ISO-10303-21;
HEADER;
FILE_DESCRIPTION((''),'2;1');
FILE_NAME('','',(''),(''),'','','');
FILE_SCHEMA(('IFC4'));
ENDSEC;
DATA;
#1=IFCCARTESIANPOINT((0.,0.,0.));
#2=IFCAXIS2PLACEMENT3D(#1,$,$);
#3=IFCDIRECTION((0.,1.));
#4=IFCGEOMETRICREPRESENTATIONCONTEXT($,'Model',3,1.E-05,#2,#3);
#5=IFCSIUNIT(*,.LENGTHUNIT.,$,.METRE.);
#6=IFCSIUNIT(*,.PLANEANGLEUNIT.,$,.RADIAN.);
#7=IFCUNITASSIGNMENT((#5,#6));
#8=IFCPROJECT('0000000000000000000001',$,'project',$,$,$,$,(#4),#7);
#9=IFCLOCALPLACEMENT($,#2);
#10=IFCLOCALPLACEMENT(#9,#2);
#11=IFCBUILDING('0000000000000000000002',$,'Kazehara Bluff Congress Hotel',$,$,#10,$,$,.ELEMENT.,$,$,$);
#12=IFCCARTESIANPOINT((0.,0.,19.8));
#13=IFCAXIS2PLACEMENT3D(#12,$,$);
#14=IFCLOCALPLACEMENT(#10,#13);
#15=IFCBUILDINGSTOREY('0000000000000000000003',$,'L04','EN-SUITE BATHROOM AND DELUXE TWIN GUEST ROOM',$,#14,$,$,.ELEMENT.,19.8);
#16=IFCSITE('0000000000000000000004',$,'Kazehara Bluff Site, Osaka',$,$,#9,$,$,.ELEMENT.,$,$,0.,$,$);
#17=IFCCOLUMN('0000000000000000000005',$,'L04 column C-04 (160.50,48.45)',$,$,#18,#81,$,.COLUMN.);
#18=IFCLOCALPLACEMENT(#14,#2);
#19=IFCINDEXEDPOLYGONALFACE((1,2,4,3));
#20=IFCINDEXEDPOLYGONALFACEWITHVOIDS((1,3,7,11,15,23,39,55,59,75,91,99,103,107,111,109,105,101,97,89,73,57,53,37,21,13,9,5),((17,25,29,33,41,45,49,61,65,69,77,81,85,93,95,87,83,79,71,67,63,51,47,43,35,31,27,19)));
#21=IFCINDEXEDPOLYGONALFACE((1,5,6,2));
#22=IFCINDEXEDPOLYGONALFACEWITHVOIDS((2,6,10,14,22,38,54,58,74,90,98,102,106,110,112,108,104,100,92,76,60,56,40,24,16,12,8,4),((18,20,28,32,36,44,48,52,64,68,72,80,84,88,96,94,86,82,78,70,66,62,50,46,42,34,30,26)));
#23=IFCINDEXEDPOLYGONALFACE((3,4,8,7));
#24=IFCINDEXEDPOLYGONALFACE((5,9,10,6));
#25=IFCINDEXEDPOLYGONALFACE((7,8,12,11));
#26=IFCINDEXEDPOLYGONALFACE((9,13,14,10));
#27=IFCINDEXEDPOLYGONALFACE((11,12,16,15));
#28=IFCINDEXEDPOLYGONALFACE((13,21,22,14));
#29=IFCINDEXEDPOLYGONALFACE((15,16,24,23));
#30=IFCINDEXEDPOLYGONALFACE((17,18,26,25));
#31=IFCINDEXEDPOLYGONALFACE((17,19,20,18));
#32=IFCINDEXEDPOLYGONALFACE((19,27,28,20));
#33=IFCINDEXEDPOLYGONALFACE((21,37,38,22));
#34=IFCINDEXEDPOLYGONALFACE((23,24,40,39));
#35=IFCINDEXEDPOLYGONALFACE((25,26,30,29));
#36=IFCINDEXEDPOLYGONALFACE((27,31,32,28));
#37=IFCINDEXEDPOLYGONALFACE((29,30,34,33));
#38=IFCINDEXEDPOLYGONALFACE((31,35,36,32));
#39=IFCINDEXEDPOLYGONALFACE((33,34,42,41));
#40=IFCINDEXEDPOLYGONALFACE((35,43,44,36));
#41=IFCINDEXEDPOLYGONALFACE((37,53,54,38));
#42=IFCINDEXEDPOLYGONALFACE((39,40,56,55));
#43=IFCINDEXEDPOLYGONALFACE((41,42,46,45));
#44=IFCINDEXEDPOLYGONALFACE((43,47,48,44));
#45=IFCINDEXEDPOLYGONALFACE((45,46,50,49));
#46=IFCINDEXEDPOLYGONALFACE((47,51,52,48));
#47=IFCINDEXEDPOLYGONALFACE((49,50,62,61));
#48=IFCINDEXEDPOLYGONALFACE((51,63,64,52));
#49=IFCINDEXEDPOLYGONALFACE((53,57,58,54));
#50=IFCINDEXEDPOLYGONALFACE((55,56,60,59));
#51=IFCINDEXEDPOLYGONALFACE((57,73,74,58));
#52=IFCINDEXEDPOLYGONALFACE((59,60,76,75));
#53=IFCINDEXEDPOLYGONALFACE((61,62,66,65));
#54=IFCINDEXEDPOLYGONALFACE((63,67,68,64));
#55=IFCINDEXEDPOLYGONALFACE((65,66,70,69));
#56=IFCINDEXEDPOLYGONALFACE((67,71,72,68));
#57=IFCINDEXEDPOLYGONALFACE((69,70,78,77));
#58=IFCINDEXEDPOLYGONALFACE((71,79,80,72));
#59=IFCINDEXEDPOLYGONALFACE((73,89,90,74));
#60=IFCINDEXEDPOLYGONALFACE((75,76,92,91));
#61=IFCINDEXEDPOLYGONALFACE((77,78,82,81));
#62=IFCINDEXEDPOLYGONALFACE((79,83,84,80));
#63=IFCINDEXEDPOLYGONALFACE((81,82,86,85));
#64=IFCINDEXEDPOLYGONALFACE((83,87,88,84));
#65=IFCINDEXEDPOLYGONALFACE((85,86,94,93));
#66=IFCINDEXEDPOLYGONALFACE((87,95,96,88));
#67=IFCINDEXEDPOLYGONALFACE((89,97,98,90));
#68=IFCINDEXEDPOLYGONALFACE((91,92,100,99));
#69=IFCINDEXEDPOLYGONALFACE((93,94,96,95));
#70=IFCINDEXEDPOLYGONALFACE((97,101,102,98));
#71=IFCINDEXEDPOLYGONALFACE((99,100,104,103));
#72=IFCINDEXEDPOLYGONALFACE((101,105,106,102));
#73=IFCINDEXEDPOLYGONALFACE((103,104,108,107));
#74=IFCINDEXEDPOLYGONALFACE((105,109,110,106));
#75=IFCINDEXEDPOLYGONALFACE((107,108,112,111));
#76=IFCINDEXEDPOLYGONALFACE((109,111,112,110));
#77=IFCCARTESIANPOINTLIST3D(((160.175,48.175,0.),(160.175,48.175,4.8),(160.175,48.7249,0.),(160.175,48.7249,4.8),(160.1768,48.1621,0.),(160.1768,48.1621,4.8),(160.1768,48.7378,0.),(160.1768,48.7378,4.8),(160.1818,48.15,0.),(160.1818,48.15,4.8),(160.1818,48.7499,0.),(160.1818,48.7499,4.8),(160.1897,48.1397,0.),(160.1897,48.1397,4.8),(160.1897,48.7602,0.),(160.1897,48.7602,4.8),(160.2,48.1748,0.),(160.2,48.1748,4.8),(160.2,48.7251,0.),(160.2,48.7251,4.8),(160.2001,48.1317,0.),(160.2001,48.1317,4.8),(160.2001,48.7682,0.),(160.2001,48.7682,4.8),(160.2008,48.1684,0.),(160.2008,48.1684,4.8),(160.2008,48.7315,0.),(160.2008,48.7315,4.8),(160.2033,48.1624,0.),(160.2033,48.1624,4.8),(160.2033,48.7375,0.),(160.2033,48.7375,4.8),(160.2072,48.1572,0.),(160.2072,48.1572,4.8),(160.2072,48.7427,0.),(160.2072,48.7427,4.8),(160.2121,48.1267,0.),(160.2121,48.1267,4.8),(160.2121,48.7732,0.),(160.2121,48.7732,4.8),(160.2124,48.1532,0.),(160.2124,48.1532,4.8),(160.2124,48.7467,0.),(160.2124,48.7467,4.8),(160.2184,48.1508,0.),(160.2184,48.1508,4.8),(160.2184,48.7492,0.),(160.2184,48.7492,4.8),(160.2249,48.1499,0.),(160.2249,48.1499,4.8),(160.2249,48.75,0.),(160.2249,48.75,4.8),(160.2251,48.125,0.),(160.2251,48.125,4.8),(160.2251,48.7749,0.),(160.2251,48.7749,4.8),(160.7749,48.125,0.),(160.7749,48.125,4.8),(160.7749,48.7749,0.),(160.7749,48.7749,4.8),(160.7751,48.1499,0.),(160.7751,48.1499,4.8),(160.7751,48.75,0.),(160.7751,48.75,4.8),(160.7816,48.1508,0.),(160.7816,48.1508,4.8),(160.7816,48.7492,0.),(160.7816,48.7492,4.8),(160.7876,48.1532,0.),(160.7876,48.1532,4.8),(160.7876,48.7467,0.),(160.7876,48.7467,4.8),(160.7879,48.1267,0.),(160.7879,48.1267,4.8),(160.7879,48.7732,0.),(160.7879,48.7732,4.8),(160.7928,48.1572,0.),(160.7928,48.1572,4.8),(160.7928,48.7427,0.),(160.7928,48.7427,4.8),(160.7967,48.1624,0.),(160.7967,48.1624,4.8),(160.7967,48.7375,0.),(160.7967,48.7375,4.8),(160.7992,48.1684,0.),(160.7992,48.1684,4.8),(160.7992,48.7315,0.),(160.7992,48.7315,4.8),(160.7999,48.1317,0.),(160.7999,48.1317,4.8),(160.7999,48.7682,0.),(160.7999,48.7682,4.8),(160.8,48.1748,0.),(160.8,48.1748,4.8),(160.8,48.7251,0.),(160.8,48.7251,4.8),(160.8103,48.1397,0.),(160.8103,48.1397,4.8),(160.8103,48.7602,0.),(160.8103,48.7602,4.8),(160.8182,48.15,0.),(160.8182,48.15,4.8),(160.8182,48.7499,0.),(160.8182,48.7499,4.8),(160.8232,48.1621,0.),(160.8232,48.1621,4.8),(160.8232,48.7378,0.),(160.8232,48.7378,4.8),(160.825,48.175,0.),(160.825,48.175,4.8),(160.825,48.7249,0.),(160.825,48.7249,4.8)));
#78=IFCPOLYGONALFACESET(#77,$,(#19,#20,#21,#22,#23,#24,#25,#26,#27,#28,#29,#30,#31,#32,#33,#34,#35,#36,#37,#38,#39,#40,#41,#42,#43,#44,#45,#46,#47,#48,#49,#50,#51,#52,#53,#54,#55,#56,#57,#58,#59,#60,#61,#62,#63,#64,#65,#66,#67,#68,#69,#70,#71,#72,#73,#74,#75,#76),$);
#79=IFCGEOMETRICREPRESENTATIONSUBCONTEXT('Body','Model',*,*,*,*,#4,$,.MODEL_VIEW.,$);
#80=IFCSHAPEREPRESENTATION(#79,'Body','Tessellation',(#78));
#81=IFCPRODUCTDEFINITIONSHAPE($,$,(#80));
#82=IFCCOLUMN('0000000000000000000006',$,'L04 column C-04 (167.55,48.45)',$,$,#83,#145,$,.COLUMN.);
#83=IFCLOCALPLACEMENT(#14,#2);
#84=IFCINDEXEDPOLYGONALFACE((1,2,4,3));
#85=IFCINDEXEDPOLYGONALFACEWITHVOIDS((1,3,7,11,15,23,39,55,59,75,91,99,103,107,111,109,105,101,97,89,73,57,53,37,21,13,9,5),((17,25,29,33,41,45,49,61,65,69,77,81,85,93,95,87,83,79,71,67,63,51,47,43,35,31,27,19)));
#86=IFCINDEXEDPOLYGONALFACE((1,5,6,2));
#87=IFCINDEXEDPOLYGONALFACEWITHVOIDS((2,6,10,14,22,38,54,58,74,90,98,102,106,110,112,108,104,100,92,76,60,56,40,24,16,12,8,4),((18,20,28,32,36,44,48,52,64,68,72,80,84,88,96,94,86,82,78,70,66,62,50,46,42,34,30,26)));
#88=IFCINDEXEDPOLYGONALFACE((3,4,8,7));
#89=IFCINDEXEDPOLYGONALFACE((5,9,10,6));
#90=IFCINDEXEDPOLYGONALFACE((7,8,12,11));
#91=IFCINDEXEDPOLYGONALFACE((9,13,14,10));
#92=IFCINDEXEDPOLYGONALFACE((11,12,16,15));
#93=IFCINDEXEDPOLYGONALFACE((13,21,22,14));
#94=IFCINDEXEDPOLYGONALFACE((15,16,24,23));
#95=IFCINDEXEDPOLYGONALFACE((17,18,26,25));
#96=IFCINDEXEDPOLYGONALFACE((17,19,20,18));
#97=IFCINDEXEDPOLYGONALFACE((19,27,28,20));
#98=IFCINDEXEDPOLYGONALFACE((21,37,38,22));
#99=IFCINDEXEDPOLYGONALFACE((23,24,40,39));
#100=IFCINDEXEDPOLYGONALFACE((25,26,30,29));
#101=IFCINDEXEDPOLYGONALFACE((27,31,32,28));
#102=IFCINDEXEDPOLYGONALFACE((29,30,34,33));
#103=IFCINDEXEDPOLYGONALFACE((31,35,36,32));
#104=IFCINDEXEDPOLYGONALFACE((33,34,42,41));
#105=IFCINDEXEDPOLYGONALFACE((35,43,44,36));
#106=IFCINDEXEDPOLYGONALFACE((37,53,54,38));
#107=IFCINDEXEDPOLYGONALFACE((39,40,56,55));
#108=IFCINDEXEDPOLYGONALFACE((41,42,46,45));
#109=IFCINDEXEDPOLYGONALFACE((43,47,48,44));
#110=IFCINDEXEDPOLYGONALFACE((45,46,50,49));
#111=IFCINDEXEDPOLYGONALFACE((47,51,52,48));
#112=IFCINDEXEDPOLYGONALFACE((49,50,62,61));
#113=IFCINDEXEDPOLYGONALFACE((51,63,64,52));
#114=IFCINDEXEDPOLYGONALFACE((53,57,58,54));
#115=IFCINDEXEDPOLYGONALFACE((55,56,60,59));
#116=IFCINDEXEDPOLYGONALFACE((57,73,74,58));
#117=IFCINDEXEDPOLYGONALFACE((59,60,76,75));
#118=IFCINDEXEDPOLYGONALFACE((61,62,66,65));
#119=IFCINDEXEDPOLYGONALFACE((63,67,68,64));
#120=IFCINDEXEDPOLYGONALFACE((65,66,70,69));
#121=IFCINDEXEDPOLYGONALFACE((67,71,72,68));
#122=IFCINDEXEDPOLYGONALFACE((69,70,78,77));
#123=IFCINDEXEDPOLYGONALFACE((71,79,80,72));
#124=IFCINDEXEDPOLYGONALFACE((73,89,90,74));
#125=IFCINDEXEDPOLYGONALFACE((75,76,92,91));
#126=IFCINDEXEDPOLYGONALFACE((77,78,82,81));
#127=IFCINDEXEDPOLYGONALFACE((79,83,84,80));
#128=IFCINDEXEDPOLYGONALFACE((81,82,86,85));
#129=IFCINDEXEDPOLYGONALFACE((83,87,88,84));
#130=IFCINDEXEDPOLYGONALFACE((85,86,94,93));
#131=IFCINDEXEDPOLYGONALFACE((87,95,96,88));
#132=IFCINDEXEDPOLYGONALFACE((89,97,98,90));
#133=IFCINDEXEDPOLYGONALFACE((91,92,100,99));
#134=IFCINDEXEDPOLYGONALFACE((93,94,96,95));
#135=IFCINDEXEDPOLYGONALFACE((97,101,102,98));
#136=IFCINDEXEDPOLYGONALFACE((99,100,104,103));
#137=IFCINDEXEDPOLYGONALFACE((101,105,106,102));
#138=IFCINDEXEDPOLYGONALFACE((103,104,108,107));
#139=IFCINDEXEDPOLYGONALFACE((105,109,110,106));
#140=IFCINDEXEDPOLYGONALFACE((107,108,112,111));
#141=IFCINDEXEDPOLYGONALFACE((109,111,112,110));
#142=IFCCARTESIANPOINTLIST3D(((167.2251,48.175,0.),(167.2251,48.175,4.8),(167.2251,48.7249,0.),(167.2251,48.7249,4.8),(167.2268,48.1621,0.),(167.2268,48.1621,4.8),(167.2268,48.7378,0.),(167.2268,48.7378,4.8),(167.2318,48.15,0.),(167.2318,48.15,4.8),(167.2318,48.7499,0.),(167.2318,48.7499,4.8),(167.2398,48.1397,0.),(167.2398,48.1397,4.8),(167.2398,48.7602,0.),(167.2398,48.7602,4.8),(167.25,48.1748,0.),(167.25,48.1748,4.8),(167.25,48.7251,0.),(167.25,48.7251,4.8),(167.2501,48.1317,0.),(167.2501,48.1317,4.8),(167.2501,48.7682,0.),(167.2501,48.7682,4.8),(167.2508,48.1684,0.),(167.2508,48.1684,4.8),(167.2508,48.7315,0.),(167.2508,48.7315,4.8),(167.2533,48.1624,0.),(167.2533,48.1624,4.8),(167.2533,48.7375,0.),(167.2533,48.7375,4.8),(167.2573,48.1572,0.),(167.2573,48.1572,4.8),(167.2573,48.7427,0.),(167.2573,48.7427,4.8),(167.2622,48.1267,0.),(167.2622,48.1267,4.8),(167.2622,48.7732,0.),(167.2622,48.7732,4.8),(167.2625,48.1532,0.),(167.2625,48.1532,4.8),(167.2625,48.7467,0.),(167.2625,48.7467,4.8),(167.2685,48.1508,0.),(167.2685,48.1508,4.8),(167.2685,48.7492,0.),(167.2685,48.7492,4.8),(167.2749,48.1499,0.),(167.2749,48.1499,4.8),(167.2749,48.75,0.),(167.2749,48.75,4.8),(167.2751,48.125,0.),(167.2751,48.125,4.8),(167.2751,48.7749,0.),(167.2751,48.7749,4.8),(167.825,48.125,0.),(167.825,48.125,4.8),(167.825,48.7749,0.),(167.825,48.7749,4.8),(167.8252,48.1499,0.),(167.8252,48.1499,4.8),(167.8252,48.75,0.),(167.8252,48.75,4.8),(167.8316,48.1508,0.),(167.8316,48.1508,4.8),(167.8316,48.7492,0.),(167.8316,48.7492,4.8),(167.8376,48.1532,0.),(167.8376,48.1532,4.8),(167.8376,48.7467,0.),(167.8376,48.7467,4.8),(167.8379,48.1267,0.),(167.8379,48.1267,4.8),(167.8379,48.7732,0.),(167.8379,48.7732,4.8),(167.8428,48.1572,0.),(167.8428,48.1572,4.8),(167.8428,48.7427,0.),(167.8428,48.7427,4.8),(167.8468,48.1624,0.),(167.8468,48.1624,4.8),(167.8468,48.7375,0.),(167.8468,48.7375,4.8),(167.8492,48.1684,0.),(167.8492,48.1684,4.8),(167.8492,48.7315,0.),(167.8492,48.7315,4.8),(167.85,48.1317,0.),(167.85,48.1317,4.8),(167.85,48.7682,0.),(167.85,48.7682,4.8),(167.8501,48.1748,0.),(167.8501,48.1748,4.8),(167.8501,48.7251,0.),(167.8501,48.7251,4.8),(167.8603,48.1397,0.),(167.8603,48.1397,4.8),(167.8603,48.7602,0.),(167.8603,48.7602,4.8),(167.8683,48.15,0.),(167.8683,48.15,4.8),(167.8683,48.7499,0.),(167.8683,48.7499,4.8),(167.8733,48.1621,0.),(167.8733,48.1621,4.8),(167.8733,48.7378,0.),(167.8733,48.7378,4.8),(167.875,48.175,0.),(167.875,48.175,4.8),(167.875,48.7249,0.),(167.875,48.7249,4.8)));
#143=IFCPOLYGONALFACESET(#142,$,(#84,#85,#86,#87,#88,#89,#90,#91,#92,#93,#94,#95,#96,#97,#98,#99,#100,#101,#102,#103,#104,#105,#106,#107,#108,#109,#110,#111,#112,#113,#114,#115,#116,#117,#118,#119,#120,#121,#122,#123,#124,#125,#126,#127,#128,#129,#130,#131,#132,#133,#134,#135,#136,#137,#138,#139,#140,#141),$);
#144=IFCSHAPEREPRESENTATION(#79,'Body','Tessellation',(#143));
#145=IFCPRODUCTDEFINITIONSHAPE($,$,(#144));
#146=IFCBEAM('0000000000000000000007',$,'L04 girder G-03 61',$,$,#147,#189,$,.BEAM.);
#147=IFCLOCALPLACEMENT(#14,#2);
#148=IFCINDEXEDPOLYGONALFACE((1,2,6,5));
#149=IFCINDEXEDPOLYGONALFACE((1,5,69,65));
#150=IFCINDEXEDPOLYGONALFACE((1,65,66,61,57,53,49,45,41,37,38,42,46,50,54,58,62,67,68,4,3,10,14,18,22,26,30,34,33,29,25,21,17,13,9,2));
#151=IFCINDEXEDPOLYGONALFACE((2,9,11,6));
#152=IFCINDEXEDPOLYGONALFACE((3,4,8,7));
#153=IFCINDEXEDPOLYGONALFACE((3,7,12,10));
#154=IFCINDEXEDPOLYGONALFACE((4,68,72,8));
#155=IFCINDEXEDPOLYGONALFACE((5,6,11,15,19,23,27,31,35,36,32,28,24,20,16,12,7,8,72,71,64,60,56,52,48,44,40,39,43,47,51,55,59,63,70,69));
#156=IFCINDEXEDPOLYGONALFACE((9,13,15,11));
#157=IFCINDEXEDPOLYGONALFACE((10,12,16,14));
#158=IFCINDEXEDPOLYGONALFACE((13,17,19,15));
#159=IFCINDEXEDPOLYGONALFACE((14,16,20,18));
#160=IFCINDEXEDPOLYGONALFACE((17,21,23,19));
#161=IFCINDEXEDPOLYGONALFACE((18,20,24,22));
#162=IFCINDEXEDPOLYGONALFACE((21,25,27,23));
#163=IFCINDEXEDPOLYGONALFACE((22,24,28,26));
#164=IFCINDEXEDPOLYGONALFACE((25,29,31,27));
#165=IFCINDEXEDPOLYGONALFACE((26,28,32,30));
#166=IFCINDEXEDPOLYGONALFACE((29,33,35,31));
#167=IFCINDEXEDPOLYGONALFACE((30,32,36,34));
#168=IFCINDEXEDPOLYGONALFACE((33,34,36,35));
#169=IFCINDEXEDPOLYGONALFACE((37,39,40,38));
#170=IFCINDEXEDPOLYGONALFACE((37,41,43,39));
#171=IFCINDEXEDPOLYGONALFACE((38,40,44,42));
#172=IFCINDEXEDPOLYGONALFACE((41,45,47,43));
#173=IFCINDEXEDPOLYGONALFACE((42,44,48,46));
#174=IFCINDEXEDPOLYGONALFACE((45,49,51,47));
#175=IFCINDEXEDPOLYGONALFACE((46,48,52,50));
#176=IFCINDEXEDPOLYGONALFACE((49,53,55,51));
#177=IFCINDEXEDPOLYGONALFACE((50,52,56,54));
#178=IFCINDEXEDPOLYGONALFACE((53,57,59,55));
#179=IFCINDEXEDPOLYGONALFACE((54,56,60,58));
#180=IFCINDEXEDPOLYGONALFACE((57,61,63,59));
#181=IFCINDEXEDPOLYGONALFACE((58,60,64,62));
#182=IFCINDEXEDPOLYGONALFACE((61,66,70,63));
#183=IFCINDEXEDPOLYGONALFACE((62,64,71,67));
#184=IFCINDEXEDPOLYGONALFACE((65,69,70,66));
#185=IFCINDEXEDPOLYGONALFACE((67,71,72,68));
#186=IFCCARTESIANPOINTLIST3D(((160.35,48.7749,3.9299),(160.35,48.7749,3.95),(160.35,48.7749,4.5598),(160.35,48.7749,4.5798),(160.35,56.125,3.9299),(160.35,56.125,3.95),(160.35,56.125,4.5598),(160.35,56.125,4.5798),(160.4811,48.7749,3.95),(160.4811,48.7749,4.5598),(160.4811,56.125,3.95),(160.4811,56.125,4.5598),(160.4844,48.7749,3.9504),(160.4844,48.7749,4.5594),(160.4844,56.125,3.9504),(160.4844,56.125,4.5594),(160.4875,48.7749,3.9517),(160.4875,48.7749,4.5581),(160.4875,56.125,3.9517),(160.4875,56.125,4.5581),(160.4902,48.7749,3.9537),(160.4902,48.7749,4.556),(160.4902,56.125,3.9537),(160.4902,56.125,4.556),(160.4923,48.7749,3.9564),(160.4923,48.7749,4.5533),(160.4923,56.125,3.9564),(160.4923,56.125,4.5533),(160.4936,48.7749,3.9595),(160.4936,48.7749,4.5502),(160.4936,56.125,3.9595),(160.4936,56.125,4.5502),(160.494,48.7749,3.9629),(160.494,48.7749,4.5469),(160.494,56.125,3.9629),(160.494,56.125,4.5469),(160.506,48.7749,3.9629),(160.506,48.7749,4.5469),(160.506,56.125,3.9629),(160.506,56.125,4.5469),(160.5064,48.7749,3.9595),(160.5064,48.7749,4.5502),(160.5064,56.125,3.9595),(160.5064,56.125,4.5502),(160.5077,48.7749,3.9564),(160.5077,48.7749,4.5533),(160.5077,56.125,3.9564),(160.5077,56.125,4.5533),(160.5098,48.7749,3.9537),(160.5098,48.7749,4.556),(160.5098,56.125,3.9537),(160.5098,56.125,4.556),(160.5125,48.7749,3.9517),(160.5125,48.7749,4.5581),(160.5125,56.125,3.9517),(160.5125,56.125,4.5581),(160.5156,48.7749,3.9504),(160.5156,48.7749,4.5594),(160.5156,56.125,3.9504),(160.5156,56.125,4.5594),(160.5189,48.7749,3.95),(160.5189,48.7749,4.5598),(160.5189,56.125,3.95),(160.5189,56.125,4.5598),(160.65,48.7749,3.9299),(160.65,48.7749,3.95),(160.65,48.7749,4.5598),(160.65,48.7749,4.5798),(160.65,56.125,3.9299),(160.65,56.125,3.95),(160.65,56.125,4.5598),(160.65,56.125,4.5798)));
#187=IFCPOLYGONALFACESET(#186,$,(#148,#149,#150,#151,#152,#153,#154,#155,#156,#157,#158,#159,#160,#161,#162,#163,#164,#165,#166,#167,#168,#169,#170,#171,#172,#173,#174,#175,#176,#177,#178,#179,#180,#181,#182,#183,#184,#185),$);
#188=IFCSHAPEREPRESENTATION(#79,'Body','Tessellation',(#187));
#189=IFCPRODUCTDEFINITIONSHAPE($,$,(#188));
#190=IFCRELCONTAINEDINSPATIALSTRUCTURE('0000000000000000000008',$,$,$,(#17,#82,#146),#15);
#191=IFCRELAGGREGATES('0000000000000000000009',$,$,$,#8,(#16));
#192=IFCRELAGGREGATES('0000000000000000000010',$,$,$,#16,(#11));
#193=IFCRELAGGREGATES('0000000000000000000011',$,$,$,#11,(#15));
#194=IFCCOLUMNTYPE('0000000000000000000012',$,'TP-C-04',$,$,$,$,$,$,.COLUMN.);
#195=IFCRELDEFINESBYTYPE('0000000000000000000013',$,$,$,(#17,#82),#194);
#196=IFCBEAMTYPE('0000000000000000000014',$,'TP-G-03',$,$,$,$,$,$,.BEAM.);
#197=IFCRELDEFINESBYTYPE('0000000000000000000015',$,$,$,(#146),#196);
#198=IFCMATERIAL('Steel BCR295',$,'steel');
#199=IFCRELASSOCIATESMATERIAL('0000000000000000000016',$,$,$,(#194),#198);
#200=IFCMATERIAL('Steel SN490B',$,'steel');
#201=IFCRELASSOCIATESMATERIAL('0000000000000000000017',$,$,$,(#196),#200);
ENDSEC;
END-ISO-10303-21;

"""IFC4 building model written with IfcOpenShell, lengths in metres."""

from ifc_helpers import new_model, si_unit, direction, frame, origin, origin_2d, place, context, subcontext, project, spatial, hollow_rectangle, i_section, extrude, material, material_profile, profile_set, type_object, element, save


model = new_model("IFC4")

# Units and contexts
model_context = context("Model", 3, precision=1e-05, world=origin(), true_north=direction((0.0, 1.0)))
body_context = subcontext(model_context, "Body", "Model", "MODEL_VIEW")
ifc_project = project(units=[si_unit("LENGTHUNIT", "METRE"), si_unit("PLANEANGLEUNIT", "RADIAN")], contexts=[model_context])

# Site, building, storey
site_placement = place(None, origin())
site = spatial("IfcSite", under=ifc_project, at=site_placement, Name="Kazehara Bluff Site, Osaka", CompositionType="ELEMENT", RefElevation=0.0)
building_placement = place(site_placement, origin())
building = spatial("IfcBuilding", under=site, at=building_placement, Name="Kazehara Bluff Congress Hotel", CompositionType="ELEMENT")
storey_placement = place(building_placement, frame((0.0, 0.0, 19.8)))
storey = spatial("IfcBuildingStorey", under=building, at=storey_placement, Name="L04", Description="EN-SUITE BATHROOM AND DELUXE TWIN GUEST ROOM", CompositionType="ELEMENT", Elevation=19.8)

# Columns
ifc_material_1 = material(Name="Steel BCR295", Category="steel")
ifc_material_profile_1 = material_profile(ifc_material_1, hollow_rectangle(XDim=0.6499, YDim=0.6499, WallThickness=0.0249, InnerFilletRadius=0.0249, OuterFilletRadius=0.05, at=origin_2d()))
ifc_profile_set_1 = profile_set([ifc_material_profile_1], Name="Steel BCR295")
column_type = type_object("IfcColumnType", Name="TP-C-04", PredefinedType="COLUMN", material=ifc_profile_set_1)
for number, where, z_axis, x_axis, name in (
    (1, (160.5, 48.45, 0.0), (0.0, 0.0, 1.0), (1.0, 0.0, 0.0), "L04 column C-04 (160.50,48.45)"),
    (2, (167.55, 48.45, 0.0), (0.0, 0.0, 1.0), (1.0, 0.0, 0.0), "L04 column C-04 (167.55,48.45)"),
):
    element("IfcColumn", number, at=place(storey_placement, frame(where, z_axis=z_axis, x_axis=x_axis)), inside=storey, type_object=column_type, Name=name, PredefinedType="COLUMN", context=body_context, shape_type="SweptSolid", body=[
        extrude(hollow_rectangle(XDim=0.6499, YDim=0.6499, WallThickness=0.0249, InnerFilletRadius=0.0249, OuterFilletRadius=0.05, at=origin_2d()), origin(), (0.0, 0.0, 1.0), 4.8),
    ])

# Beam
ifc_material_2 = material(Name="Steel SN490B", Category="steel")
ifc_material_profile_2 = material_profile(ifc_material_2, i_section(OverallWidth=0.3, OverallDepth=0.6499, WebThickness=0.012, FlangeThickness=0.02, FilletRadius=0.0129, at=origin_2d()))
ifc_profile_set_2 = profile_set([ifc_material_profile_2], Name="Steel SN490B")
beam_type_1 = type_object("IfcBeamType", Name="TP-G-03", PredefinedType="BEAM", material=ifc_profile_set_2)
for number, where, z_axis, x_axis, name in (
    (3, (160.5, 48.7749, 4.2549), (0.0, 1.0, 0.0), (-1.0, 0.0, 0.0), "L04 girder G-03 61"),
):
    element("IfcBeam", number, at=place(storey_placement, frame(where, z_axis=z_axis, x_axis=x_axis)), inside=storey, type_object=beam_type_1, Name=name, PredefinedType="BEAM", context=body_context, shape_type="SweptSolid", body=[
        extrude(i_section(OverallWidth=0.3, OverallDepth=0.6499, WebThickness=0.012, FlangeThickness=0.02, FilletRadius=0.0129, at=origin_2d()), origin(), (0.0, 0.0, 1.0), 7.3501),
    ])

save(model, "model.ifc")
